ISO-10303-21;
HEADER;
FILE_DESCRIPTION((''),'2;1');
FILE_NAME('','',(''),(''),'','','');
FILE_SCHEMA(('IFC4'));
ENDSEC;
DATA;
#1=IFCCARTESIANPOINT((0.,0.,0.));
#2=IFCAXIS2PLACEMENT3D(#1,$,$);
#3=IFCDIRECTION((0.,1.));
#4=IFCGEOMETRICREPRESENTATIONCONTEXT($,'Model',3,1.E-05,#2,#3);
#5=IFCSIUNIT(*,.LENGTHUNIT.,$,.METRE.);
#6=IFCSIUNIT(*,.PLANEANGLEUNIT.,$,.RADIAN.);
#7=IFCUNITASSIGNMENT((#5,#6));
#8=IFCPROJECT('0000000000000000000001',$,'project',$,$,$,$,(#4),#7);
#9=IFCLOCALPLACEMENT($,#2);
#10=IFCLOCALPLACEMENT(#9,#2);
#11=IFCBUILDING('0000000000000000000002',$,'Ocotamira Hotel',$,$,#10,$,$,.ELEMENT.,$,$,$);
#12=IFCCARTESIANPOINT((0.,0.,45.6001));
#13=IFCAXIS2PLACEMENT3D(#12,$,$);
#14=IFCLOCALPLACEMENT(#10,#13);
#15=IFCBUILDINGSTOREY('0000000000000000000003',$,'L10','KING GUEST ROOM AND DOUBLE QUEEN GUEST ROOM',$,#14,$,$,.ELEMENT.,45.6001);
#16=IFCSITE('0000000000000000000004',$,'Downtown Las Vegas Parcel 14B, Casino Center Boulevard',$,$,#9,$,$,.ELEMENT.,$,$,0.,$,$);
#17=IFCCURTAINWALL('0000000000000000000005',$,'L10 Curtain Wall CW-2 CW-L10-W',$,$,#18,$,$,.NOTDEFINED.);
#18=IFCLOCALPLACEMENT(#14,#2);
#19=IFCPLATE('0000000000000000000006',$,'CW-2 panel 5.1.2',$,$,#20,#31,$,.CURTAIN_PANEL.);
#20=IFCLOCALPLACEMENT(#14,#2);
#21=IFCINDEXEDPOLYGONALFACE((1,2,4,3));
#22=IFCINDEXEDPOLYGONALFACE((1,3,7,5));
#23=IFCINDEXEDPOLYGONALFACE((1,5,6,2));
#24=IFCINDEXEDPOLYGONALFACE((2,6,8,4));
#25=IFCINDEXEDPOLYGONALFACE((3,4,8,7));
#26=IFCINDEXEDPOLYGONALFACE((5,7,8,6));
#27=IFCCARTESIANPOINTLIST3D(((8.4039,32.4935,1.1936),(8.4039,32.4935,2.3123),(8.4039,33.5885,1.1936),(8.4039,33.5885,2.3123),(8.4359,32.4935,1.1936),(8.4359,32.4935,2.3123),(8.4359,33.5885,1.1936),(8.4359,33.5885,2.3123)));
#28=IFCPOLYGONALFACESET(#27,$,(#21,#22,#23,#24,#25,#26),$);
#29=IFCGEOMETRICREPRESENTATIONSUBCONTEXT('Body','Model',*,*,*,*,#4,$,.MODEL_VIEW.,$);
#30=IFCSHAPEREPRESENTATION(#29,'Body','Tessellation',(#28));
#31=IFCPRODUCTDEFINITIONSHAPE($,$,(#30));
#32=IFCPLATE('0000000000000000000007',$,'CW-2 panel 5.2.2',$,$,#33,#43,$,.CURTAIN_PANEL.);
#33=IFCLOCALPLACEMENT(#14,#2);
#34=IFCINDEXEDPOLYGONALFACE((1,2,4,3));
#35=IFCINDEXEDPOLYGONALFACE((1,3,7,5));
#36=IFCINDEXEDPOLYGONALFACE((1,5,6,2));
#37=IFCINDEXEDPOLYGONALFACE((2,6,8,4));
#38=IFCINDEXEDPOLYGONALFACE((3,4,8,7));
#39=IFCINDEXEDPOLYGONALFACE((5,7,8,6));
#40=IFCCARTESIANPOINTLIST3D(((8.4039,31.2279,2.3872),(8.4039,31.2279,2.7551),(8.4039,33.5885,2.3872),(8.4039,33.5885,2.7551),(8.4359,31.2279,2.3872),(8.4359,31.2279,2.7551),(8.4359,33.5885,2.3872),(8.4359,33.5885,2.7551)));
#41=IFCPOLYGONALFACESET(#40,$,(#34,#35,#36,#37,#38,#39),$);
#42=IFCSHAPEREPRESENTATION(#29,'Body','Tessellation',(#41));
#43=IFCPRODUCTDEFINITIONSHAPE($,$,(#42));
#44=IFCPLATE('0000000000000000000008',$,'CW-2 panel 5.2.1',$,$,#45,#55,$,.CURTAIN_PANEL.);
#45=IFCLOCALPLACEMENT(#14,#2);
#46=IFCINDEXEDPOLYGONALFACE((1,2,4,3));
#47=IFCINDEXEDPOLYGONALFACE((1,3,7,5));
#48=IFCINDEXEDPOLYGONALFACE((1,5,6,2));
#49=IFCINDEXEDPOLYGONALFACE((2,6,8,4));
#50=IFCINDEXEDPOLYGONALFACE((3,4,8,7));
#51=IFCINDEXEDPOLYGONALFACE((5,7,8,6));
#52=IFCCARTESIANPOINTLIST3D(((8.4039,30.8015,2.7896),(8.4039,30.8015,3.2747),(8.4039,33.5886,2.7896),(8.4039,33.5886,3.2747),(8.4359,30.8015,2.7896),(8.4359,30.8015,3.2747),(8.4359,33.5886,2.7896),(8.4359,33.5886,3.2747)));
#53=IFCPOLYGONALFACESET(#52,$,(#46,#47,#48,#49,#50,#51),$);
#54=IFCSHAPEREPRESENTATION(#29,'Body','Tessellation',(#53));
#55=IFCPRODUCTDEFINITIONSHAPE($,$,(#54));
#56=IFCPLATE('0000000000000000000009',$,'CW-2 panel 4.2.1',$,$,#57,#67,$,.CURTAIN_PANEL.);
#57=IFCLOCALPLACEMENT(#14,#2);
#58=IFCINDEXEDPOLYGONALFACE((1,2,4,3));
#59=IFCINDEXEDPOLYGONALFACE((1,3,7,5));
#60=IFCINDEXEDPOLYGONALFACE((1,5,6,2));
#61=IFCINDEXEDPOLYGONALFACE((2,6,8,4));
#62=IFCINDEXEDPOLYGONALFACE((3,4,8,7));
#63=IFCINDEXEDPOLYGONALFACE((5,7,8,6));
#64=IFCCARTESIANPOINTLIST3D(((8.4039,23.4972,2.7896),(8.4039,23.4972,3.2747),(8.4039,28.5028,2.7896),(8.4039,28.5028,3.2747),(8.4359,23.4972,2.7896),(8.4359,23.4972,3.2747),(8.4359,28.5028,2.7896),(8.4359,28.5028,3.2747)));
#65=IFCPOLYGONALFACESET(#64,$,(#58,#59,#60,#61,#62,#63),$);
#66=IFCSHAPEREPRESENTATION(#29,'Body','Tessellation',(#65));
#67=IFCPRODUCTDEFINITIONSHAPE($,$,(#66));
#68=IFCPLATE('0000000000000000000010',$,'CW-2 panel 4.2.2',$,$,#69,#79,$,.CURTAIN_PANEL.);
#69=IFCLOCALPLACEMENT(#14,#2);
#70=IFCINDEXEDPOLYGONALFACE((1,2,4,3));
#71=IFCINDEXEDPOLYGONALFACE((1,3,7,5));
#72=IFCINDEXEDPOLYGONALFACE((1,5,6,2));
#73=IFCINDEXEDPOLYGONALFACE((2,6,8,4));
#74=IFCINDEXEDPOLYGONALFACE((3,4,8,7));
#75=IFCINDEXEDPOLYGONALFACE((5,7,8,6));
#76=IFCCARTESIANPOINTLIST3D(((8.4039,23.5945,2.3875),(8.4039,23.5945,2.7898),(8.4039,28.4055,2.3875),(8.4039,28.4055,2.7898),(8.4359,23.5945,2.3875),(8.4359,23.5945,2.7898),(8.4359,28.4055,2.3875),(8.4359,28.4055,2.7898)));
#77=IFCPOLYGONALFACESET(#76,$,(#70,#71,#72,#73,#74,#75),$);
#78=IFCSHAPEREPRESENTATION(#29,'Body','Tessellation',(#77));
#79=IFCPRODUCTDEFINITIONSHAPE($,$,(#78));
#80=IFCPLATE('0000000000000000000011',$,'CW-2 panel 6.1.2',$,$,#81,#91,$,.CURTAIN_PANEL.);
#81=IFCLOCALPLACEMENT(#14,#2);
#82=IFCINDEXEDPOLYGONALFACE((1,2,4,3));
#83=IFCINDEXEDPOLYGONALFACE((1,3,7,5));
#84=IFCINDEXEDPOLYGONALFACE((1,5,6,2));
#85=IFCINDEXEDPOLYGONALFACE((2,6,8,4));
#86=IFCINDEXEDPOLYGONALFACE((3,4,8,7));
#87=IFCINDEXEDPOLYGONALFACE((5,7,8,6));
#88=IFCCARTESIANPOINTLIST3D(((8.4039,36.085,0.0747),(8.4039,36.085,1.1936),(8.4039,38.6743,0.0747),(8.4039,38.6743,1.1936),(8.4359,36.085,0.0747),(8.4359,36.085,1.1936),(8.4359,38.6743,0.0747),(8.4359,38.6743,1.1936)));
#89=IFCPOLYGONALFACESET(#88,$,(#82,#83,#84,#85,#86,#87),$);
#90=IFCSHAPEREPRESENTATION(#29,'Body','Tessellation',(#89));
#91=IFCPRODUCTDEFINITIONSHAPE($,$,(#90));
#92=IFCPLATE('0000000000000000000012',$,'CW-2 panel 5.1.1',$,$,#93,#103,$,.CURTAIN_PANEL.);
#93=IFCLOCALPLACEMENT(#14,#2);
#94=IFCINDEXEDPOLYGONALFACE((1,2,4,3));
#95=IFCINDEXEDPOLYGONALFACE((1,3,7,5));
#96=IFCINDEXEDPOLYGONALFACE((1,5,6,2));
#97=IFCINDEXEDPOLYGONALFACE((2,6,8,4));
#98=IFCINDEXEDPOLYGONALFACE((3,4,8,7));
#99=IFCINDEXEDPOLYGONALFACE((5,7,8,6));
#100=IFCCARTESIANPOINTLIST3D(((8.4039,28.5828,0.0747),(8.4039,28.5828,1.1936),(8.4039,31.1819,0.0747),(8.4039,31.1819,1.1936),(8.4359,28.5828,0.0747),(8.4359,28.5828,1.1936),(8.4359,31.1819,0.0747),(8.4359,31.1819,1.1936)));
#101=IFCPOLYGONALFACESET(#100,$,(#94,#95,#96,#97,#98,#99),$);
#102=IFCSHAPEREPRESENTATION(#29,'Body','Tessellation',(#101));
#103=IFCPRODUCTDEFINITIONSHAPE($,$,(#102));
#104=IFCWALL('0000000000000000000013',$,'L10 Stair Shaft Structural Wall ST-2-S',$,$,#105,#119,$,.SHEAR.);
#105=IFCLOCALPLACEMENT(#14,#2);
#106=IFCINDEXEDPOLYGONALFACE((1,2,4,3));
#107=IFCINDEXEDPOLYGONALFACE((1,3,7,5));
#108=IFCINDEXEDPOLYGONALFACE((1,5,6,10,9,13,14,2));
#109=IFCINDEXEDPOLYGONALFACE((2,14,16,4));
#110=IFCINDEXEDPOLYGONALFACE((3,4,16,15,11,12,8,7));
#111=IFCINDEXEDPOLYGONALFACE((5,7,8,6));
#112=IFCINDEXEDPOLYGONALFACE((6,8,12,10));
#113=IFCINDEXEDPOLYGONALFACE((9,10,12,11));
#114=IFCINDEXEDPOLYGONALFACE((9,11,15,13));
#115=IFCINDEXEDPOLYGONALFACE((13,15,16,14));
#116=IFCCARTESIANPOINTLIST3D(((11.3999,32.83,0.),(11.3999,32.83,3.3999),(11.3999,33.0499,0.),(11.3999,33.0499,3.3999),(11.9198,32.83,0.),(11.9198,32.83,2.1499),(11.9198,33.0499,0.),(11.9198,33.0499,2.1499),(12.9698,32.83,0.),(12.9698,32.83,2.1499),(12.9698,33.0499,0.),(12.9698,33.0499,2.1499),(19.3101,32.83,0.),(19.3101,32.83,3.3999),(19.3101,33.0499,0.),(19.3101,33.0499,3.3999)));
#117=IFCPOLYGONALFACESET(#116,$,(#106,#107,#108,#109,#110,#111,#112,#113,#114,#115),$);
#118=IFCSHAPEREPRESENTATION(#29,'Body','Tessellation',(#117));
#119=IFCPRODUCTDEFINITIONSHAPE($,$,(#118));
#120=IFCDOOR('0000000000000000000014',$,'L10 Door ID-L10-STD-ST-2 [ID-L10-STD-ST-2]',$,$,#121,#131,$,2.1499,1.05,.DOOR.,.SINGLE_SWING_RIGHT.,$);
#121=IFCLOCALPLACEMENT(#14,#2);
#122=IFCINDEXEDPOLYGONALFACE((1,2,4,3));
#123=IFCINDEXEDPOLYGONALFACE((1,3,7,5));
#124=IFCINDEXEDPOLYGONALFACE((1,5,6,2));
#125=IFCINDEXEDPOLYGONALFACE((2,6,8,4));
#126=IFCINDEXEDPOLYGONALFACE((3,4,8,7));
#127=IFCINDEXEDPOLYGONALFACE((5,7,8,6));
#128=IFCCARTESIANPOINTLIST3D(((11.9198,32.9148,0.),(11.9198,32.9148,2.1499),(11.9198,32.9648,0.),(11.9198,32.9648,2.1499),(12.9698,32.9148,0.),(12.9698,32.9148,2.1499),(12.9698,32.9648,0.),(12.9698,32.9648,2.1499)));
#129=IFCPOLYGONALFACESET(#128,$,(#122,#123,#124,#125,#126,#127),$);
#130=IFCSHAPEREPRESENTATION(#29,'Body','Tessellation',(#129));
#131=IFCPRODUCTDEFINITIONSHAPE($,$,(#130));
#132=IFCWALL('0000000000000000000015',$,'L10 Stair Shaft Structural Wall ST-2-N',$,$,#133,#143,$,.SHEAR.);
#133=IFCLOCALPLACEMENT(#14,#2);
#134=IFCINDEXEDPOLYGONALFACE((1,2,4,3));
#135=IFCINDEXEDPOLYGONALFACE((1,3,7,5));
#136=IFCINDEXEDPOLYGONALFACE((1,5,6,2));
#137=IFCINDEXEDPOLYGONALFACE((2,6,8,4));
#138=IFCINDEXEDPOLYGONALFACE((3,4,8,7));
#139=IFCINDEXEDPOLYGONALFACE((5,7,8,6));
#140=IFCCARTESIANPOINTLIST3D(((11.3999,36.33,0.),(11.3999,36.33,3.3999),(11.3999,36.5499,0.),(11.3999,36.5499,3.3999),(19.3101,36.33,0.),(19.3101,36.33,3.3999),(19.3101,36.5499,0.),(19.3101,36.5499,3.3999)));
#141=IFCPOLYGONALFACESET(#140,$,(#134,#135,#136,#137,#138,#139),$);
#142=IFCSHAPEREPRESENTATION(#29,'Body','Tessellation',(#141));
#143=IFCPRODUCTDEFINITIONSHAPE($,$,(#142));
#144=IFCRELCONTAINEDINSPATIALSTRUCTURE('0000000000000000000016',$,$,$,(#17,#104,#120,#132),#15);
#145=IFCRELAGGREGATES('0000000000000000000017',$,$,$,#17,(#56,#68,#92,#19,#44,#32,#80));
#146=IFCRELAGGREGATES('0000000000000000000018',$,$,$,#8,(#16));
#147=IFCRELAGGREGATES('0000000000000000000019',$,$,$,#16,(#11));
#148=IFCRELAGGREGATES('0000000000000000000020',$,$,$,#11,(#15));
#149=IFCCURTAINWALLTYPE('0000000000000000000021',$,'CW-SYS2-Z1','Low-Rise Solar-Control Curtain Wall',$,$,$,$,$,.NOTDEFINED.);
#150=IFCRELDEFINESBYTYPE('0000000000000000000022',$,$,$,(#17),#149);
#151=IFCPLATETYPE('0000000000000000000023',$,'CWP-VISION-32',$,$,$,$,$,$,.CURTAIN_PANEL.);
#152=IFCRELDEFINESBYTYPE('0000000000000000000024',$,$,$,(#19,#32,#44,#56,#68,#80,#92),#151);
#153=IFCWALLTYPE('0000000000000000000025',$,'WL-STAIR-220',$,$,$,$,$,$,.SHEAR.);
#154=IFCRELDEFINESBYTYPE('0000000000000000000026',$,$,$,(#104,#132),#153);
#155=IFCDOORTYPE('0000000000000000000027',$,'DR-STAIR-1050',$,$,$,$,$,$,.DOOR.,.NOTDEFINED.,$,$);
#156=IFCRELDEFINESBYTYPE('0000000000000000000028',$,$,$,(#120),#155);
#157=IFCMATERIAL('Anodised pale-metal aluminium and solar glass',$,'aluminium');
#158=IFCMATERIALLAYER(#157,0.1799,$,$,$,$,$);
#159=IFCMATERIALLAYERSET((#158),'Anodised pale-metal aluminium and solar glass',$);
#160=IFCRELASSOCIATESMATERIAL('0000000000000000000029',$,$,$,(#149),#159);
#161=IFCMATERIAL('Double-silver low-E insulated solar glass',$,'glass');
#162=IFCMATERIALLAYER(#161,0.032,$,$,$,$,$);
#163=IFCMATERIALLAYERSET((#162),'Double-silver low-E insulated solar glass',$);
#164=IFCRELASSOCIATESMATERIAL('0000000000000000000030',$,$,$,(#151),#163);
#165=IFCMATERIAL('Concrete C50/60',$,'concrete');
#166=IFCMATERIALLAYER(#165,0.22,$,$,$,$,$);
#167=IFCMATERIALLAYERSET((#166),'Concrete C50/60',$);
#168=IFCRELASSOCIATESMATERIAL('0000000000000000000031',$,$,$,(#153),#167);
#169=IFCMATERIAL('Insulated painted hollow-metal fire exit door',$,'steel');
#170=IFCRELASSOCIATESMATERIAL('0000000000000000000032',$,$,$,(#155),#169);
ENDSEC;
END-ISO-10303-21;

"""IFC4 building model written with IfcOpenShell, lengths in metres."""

from ifc_helpers import new_model, si_unit, direction, frame, frame_2d, origin, origin_2d, place, context, subcontext, project, spatial, rectangle, extrude, source, transform, mapped, material, layer, layer_set, type_object, element, fill, aggregate, save


model = new_model("IFC4")

# Units and contexts
model_context = context("Model", 3, precision=1e-05, world=origin(), true_north=direction((0.0, 1.0)))
body_context = subcontext(model_context, "Body", "Model", "MODEL_VIEW")
ifc_project = project(units=[si_unit("LENGTHUNIT", "METRE"), si_unit("PLANEANGLEUNIT", "RADIAN")], contexts=[model_context])

# Site, building, storey
site_placement = place(None, origin())
site = spatial("IfcSite", under=ifc_project, at=site_placement, Name="Downtown Las Vegas Parcel 14B, Casino Center Boulevard", CompositionType="ELEMENT", RefElevation=0.0)
building_placement = place(site_placement, origin())
building = spatial("IfcBuilding", under=site, at=building_placement, Name="Ocotamira Hotel", CompositionType="ELEMENT")
storey_placement = place(building_placement, frame((0.0, 0.0, 45.6001)))
storey = spatial("IfcBuildingStorey", under=building, at=storey_placement, Name="L10", Description="KING GUEST ROOM AND DOUBLE QUEEN GUEST ROOM", CompositionType="ELEMENT", Elevation=45.6001)

# Curtain wall
ifc_material_1 = material(Name="Anodised pale-metal aluminium and solar glass", Category="aluminium")
ifc_layer_1 = layer(ifc_material_1, 0.1799)
ifc_layer_set_1 = layer_set([ifc_layer_1], Name="Anodised pale-metal aluminium and solar glass")
curtain_wall_type = type_object("IfcCurtainWallType", Name="CW-SYS2-Z1", Description="Low-Rise Solar-Control Curtain Wall", PredefinedType="NOTDEFINED", material=ifc_layer_set_1)
curtain_wall_placement = place(storey_placement, origin())
curtain_wall = element("IfcCurtainWall", 1, at=curtain_wall_placement, inside=storey, type_object=curtain_wall_type, Name="L10 Curtain Wall CW-2 CW-L10-W", PredefinedType="NOTDEFINED")

# Plates
ifc_material_2 = material(Name="Double-silver low-E insulated solar glass", Category="glass")
ifc_layer_2 = layer(ifc_material_2, 0.032)
ifc_layer_set_2 = layer_set([ifc_layer_2], Name="Double-silver low-E insulated solar glass")
plate_type_1 = type_object("IfcPlateType", Name="CWP-VISION-32", PredefinedType="CURTAIN_PANEL", material=ifc_layer_set_2)
shared_shape_1 = source(origin(), body_context, "Body", "SweptSolid", [
    extrude(rectangle(XDim=1.095, YDim=0.032, at=origin_2d()), origin(), (0.0, 0.0, 1.0), 1.1187),
])
plate_1_placement = place(storey_placement, frame((8.4199, 33.041, 1.1936), z_axis=(0.0, 0.0, 1.0), x_axis=(0.0, 1.0, 0.0)))
plate_1 = element("IfcPlate", 2, at=plate_1_placement, type_object=plate_type_1, Name="CW-2 panel 5.1.2", PredefinedType="CURTAIN_PANEL", context=body_context, shape_type="MappedRepresentation", body=[
    mapped(shared_shape_1, transform((0.0, 0.0, 0.0), scale=1.0)),
])
shared_shape_2 = source(origin(), body_context, "Body", "SweptSolid", [
    extrude(rectangle(XDim=2.3606, YDim=0.032, at=origin_2d()), origin(), (0.0, 0.0, 1.0), 0.3679),
])
plate_2_placement = place(storey_placement, frame((8.4199, 32.4082, 2.3872), z_axis=(0.0, 0.0, 1.0), x_axis=(0.0, 1.0, 0.0)))
plate_2 = element("IfcPlate", 3, at=plate_2_placement, type_object=plate_type_1, Name="CW-2 panel 5.2.2", PredefinedType="CURTAIN_PANEL", context=body_context, shape_type="MappedRepresentation", body=[
    mapped(shared_shape_2, transform((0.0, 0.0, 0.0), scale=1.0)),
])
shared_shape_3 = source(origin(), body_context, "Body", "SweptSolid", [
    extrude(rectangle(XDim=2.7871, YDim=0.032, at=origin_2d()), origin(), (0.0, 0.0, 1.0), 0.4851),
])
plate_3_placement = place(storey_placement, frame((8.4199, 32.1951, 2.7896), z_axis=(0.0, 0.0, 1.0), x_axis=(0.0, 1.0, 0.0)))
plate_3 = element("IfcPlate", 4, at=plate_3_placement, type_object=plate_type_1, Name="CW-2 panel 5.2.1", PredefinedType="CURTAIN_PANEL", context=body_context, shape_type="MappedRepresentation", body=[
    mapped(shared_shape_3, transform((0.0, 0.0, 0.0), scale=1.0)),
])
shared_shape_4 = source(origin(), body_context, "Body", "SweptSolid", [
    extrude(rectangle(XDim=5.0056, YDim=0.032, at=origin_2d()), origin(), (0.0, 0.0, 1.0), 0.4851),
])
plate_4_placement = place(storey_placement, frame((8.4199, 26.0, 2.7896), z_axis=(0.0, 0.0, 1.0), x_axis=(0.0, 1.0, 0.0)))
plate_4 = element("IfcPlate", 5, at=plate_4_placement, type_object=plate_type_1, Name="CW-2 panel 4.2.1", PredefinedType="CURTAIN_PANEL", context=body_context, shape_type="MappedRepresentation", body=[
    mapped(shared_shape_4, transform((0.0, 0.0, 0.0), scale=1.0)),
])
shared_shape_5 = source(origin(), body_context, "Body", "SweptSolid", [
    extrude(rectangle(XDim=4.811, YDim=0.032, at=origin_2d()), origin(), (0.0, 0.0, 1.0), 0.4023),
])
plate_5_placement = place(storey_placement, frame((8.4199, 26.0, 2.3875), z_axis=(0.0, 0.0, 1.0), x_axis=(0.0, 1.0, 0.0)))
plate_5 = element("IfcPlate", 6, at=plate_5_placement, type_object=plate_type_1, Name="CW-2 panel 4.2.2", PredefinedType="CURTAIN_PANEL", context=body_context, shape_type="MappedRepresentation", body=[
    mapped(shared_shape_5, transform((0.0, 0.0, 0.0), scale=1.0)),
])
shared_shape_6 = source(origin(), body_context, "Body", "SweptSolid", [
    extrude(rectangle(XDim=2.5894, YDim=0.032, at=origin_2d()), origin(), (0.0, 0.0, 1.0), 1.1189),
])
plate_6_placement = place(storey_placement, frame((8.4199, 37.3796, 0.0747), z_axis=(0.0, 0.0, 1.0), x_axis=(0.0, 1.0, 0.0)))
plate_6 = element("IfcPlate", 7, at=plate_6_placement, type_object=plate_type_1, Name="CW-2 panel 6.1.2", PredefinedType="CURTAIN_PANEL", context=body_context, shape_type="MappedRepresentation", body=[
    mapped(shared_shape_6, transform((0.0, 0.0, 0.0), scale=1.0)),
])
shared_shape_7 = source(origin(), body_context, "Body", "SweptSolid", [
    extrude(rectangle(XDim=2.5991, YDim=0.032, at=origin_2d()), origin(), (0.0, 0.0, 1.0), 1.1189),
])
plate_7_placement = place(storey_placement, frame((8.4199, 29.8823, 0.0747), z_axis=(0.0, 0.0, 1.0), x_axis=(0.0, 1.0, 0.0)))
plate_7 = element("IfcPlate", 8, at=plate_7_placement, type_object=plate_type_1, Name="CW-2 panel 5.1.1", PredefinedType="CURTAIN_PANEL", context=body_context, shape_type="MappedRepresentation", body=[
    mapped(shared_shape_7, transform((0.0, 0.0, 0.0), scale=1.0)),
])
aggregate(curtain_wall, [plate_4, plate_5, plate_7, plate_1, plate_3, plate_2, plate_6])

# Wall, opening, door
ifc_material_3 = material(Name="Concrete C50/60", Category="concrete")
ifc_layer_3 = layer(ifc_material_3, 0.22)
ifc_layer_set_3 = layer_set([ifc_layer_3], Name="Concrete C50/60")
wall_type_1 = type_object("IfcWallType", Name="WL-STAIR-220", PredefinedType="SHEAR", material=ifc_layer_set_3)
wall_1_placement = place(storey_placement, frame((11.3999, 32.9399, 0.0), z_axis=(0.0, 0.0, 1.0), x_axis=(1.0, 0.0, 0.0)))
wall_1 = element("IfcWall", 9, at=wall_1_placement, inside=storey, type_object=wall_type_1, Name="L10 Stair Shaft Structural Wall ST-2-S", PredefinedType="SHEAR", context=body_context, shape_type="SweptSolid", body=[
    extrude(rectangle(XDim=7.9102, YDim=0.22, at=frame_2d((3.9551, 0.0))), origin(), (0.0, 0.0, 1.0), 3.3999),
])
opening_1_placement = place(wall_1_placement, frame((0.52, 0.0, 0.0)))
opening_1 = element("IfcOpeningElement", 10, at=opening_1_placement, cuts=wall_1, PredefinedType="OPENING", context=body_context, shape_type="SweptSolid", body=[
    extrude(rectangle(XDim=1.05, YDim=2.1499, at=frame_2d((0.5249, 1.075))), frame((0.0, 0.1201, 0.0), z_axis=(0.0, -1.0, 0.0), x_axis=(1.0, 0.0, 0.0)), (0.0, 0.0, 1.0), 0.24),
])
ifc_material_4 = material(Name="Insulated painted hollow-metal fire exit door", Category="steel")
door_type_1 = type_object("IfcDoorType", Name="DR-STAIR-1050", OperationType="NOTDEFINED", PredefinedType="DOOR", material=ifc_material_4)
shared_shape_8 = source(origin(), body_context, "Body", "SweptSolid", [
    extrude(rectangle(XDim=1.05, YDim=2.1499, at=frame_2d((0.5249, 1.075))), frame((0.0, 0.0249, 0.0), z_axis=(0.0, -1.0, 0.0), x_axis=(1.0, 0.0, 0.0)), (0.0, 0.0, 1.0), 0.05),
])
door_1_placement = place(opening_1_placement, origin())
door_1 = element("IfcDoor", 11, at=door_1_placement, inside=storey, type_object=door_type_1, Name="L10 Door ID-L10-STD-ST-2 [ID-L10-STD-ST-2]", OperationType="SINGLE_SWING_RIGHT", OverallHeight=2.1499, OverallWidth=1.05, PredefinedType="DOOR", context=body_context, shape_type="MappedRepresentation", body=[
    mapped(shared_shape_8, transform((0.0, 0.0, 0.0), scale=1.0)),
])
fill(opening_1, door_1)

# Wall
wall_2_placement = place(storey_placement, frame((11.3999, 36.4399, 0.0), z_axis=(0.0, 0.0, 1.0), x_axis=(1.0, 0.0, 0.0)))
element("IfcWall", 12, at=wall_2_placement, inside=storey, type_object=wall_type_1, Name="L10 Stair Shaft Structural Wall ST-2-N", PredefinedType="SHEAR", context=body_context, shape_type="SweptSolid", body=[
    extrude(rectangle(XDim=7.9102, YDim=0.22, at=frame_2d((3.9551, 0.0))), origin(), (0.0, 0.0, 1.0), 3.3999),
])

save(model, "model.ifc")
